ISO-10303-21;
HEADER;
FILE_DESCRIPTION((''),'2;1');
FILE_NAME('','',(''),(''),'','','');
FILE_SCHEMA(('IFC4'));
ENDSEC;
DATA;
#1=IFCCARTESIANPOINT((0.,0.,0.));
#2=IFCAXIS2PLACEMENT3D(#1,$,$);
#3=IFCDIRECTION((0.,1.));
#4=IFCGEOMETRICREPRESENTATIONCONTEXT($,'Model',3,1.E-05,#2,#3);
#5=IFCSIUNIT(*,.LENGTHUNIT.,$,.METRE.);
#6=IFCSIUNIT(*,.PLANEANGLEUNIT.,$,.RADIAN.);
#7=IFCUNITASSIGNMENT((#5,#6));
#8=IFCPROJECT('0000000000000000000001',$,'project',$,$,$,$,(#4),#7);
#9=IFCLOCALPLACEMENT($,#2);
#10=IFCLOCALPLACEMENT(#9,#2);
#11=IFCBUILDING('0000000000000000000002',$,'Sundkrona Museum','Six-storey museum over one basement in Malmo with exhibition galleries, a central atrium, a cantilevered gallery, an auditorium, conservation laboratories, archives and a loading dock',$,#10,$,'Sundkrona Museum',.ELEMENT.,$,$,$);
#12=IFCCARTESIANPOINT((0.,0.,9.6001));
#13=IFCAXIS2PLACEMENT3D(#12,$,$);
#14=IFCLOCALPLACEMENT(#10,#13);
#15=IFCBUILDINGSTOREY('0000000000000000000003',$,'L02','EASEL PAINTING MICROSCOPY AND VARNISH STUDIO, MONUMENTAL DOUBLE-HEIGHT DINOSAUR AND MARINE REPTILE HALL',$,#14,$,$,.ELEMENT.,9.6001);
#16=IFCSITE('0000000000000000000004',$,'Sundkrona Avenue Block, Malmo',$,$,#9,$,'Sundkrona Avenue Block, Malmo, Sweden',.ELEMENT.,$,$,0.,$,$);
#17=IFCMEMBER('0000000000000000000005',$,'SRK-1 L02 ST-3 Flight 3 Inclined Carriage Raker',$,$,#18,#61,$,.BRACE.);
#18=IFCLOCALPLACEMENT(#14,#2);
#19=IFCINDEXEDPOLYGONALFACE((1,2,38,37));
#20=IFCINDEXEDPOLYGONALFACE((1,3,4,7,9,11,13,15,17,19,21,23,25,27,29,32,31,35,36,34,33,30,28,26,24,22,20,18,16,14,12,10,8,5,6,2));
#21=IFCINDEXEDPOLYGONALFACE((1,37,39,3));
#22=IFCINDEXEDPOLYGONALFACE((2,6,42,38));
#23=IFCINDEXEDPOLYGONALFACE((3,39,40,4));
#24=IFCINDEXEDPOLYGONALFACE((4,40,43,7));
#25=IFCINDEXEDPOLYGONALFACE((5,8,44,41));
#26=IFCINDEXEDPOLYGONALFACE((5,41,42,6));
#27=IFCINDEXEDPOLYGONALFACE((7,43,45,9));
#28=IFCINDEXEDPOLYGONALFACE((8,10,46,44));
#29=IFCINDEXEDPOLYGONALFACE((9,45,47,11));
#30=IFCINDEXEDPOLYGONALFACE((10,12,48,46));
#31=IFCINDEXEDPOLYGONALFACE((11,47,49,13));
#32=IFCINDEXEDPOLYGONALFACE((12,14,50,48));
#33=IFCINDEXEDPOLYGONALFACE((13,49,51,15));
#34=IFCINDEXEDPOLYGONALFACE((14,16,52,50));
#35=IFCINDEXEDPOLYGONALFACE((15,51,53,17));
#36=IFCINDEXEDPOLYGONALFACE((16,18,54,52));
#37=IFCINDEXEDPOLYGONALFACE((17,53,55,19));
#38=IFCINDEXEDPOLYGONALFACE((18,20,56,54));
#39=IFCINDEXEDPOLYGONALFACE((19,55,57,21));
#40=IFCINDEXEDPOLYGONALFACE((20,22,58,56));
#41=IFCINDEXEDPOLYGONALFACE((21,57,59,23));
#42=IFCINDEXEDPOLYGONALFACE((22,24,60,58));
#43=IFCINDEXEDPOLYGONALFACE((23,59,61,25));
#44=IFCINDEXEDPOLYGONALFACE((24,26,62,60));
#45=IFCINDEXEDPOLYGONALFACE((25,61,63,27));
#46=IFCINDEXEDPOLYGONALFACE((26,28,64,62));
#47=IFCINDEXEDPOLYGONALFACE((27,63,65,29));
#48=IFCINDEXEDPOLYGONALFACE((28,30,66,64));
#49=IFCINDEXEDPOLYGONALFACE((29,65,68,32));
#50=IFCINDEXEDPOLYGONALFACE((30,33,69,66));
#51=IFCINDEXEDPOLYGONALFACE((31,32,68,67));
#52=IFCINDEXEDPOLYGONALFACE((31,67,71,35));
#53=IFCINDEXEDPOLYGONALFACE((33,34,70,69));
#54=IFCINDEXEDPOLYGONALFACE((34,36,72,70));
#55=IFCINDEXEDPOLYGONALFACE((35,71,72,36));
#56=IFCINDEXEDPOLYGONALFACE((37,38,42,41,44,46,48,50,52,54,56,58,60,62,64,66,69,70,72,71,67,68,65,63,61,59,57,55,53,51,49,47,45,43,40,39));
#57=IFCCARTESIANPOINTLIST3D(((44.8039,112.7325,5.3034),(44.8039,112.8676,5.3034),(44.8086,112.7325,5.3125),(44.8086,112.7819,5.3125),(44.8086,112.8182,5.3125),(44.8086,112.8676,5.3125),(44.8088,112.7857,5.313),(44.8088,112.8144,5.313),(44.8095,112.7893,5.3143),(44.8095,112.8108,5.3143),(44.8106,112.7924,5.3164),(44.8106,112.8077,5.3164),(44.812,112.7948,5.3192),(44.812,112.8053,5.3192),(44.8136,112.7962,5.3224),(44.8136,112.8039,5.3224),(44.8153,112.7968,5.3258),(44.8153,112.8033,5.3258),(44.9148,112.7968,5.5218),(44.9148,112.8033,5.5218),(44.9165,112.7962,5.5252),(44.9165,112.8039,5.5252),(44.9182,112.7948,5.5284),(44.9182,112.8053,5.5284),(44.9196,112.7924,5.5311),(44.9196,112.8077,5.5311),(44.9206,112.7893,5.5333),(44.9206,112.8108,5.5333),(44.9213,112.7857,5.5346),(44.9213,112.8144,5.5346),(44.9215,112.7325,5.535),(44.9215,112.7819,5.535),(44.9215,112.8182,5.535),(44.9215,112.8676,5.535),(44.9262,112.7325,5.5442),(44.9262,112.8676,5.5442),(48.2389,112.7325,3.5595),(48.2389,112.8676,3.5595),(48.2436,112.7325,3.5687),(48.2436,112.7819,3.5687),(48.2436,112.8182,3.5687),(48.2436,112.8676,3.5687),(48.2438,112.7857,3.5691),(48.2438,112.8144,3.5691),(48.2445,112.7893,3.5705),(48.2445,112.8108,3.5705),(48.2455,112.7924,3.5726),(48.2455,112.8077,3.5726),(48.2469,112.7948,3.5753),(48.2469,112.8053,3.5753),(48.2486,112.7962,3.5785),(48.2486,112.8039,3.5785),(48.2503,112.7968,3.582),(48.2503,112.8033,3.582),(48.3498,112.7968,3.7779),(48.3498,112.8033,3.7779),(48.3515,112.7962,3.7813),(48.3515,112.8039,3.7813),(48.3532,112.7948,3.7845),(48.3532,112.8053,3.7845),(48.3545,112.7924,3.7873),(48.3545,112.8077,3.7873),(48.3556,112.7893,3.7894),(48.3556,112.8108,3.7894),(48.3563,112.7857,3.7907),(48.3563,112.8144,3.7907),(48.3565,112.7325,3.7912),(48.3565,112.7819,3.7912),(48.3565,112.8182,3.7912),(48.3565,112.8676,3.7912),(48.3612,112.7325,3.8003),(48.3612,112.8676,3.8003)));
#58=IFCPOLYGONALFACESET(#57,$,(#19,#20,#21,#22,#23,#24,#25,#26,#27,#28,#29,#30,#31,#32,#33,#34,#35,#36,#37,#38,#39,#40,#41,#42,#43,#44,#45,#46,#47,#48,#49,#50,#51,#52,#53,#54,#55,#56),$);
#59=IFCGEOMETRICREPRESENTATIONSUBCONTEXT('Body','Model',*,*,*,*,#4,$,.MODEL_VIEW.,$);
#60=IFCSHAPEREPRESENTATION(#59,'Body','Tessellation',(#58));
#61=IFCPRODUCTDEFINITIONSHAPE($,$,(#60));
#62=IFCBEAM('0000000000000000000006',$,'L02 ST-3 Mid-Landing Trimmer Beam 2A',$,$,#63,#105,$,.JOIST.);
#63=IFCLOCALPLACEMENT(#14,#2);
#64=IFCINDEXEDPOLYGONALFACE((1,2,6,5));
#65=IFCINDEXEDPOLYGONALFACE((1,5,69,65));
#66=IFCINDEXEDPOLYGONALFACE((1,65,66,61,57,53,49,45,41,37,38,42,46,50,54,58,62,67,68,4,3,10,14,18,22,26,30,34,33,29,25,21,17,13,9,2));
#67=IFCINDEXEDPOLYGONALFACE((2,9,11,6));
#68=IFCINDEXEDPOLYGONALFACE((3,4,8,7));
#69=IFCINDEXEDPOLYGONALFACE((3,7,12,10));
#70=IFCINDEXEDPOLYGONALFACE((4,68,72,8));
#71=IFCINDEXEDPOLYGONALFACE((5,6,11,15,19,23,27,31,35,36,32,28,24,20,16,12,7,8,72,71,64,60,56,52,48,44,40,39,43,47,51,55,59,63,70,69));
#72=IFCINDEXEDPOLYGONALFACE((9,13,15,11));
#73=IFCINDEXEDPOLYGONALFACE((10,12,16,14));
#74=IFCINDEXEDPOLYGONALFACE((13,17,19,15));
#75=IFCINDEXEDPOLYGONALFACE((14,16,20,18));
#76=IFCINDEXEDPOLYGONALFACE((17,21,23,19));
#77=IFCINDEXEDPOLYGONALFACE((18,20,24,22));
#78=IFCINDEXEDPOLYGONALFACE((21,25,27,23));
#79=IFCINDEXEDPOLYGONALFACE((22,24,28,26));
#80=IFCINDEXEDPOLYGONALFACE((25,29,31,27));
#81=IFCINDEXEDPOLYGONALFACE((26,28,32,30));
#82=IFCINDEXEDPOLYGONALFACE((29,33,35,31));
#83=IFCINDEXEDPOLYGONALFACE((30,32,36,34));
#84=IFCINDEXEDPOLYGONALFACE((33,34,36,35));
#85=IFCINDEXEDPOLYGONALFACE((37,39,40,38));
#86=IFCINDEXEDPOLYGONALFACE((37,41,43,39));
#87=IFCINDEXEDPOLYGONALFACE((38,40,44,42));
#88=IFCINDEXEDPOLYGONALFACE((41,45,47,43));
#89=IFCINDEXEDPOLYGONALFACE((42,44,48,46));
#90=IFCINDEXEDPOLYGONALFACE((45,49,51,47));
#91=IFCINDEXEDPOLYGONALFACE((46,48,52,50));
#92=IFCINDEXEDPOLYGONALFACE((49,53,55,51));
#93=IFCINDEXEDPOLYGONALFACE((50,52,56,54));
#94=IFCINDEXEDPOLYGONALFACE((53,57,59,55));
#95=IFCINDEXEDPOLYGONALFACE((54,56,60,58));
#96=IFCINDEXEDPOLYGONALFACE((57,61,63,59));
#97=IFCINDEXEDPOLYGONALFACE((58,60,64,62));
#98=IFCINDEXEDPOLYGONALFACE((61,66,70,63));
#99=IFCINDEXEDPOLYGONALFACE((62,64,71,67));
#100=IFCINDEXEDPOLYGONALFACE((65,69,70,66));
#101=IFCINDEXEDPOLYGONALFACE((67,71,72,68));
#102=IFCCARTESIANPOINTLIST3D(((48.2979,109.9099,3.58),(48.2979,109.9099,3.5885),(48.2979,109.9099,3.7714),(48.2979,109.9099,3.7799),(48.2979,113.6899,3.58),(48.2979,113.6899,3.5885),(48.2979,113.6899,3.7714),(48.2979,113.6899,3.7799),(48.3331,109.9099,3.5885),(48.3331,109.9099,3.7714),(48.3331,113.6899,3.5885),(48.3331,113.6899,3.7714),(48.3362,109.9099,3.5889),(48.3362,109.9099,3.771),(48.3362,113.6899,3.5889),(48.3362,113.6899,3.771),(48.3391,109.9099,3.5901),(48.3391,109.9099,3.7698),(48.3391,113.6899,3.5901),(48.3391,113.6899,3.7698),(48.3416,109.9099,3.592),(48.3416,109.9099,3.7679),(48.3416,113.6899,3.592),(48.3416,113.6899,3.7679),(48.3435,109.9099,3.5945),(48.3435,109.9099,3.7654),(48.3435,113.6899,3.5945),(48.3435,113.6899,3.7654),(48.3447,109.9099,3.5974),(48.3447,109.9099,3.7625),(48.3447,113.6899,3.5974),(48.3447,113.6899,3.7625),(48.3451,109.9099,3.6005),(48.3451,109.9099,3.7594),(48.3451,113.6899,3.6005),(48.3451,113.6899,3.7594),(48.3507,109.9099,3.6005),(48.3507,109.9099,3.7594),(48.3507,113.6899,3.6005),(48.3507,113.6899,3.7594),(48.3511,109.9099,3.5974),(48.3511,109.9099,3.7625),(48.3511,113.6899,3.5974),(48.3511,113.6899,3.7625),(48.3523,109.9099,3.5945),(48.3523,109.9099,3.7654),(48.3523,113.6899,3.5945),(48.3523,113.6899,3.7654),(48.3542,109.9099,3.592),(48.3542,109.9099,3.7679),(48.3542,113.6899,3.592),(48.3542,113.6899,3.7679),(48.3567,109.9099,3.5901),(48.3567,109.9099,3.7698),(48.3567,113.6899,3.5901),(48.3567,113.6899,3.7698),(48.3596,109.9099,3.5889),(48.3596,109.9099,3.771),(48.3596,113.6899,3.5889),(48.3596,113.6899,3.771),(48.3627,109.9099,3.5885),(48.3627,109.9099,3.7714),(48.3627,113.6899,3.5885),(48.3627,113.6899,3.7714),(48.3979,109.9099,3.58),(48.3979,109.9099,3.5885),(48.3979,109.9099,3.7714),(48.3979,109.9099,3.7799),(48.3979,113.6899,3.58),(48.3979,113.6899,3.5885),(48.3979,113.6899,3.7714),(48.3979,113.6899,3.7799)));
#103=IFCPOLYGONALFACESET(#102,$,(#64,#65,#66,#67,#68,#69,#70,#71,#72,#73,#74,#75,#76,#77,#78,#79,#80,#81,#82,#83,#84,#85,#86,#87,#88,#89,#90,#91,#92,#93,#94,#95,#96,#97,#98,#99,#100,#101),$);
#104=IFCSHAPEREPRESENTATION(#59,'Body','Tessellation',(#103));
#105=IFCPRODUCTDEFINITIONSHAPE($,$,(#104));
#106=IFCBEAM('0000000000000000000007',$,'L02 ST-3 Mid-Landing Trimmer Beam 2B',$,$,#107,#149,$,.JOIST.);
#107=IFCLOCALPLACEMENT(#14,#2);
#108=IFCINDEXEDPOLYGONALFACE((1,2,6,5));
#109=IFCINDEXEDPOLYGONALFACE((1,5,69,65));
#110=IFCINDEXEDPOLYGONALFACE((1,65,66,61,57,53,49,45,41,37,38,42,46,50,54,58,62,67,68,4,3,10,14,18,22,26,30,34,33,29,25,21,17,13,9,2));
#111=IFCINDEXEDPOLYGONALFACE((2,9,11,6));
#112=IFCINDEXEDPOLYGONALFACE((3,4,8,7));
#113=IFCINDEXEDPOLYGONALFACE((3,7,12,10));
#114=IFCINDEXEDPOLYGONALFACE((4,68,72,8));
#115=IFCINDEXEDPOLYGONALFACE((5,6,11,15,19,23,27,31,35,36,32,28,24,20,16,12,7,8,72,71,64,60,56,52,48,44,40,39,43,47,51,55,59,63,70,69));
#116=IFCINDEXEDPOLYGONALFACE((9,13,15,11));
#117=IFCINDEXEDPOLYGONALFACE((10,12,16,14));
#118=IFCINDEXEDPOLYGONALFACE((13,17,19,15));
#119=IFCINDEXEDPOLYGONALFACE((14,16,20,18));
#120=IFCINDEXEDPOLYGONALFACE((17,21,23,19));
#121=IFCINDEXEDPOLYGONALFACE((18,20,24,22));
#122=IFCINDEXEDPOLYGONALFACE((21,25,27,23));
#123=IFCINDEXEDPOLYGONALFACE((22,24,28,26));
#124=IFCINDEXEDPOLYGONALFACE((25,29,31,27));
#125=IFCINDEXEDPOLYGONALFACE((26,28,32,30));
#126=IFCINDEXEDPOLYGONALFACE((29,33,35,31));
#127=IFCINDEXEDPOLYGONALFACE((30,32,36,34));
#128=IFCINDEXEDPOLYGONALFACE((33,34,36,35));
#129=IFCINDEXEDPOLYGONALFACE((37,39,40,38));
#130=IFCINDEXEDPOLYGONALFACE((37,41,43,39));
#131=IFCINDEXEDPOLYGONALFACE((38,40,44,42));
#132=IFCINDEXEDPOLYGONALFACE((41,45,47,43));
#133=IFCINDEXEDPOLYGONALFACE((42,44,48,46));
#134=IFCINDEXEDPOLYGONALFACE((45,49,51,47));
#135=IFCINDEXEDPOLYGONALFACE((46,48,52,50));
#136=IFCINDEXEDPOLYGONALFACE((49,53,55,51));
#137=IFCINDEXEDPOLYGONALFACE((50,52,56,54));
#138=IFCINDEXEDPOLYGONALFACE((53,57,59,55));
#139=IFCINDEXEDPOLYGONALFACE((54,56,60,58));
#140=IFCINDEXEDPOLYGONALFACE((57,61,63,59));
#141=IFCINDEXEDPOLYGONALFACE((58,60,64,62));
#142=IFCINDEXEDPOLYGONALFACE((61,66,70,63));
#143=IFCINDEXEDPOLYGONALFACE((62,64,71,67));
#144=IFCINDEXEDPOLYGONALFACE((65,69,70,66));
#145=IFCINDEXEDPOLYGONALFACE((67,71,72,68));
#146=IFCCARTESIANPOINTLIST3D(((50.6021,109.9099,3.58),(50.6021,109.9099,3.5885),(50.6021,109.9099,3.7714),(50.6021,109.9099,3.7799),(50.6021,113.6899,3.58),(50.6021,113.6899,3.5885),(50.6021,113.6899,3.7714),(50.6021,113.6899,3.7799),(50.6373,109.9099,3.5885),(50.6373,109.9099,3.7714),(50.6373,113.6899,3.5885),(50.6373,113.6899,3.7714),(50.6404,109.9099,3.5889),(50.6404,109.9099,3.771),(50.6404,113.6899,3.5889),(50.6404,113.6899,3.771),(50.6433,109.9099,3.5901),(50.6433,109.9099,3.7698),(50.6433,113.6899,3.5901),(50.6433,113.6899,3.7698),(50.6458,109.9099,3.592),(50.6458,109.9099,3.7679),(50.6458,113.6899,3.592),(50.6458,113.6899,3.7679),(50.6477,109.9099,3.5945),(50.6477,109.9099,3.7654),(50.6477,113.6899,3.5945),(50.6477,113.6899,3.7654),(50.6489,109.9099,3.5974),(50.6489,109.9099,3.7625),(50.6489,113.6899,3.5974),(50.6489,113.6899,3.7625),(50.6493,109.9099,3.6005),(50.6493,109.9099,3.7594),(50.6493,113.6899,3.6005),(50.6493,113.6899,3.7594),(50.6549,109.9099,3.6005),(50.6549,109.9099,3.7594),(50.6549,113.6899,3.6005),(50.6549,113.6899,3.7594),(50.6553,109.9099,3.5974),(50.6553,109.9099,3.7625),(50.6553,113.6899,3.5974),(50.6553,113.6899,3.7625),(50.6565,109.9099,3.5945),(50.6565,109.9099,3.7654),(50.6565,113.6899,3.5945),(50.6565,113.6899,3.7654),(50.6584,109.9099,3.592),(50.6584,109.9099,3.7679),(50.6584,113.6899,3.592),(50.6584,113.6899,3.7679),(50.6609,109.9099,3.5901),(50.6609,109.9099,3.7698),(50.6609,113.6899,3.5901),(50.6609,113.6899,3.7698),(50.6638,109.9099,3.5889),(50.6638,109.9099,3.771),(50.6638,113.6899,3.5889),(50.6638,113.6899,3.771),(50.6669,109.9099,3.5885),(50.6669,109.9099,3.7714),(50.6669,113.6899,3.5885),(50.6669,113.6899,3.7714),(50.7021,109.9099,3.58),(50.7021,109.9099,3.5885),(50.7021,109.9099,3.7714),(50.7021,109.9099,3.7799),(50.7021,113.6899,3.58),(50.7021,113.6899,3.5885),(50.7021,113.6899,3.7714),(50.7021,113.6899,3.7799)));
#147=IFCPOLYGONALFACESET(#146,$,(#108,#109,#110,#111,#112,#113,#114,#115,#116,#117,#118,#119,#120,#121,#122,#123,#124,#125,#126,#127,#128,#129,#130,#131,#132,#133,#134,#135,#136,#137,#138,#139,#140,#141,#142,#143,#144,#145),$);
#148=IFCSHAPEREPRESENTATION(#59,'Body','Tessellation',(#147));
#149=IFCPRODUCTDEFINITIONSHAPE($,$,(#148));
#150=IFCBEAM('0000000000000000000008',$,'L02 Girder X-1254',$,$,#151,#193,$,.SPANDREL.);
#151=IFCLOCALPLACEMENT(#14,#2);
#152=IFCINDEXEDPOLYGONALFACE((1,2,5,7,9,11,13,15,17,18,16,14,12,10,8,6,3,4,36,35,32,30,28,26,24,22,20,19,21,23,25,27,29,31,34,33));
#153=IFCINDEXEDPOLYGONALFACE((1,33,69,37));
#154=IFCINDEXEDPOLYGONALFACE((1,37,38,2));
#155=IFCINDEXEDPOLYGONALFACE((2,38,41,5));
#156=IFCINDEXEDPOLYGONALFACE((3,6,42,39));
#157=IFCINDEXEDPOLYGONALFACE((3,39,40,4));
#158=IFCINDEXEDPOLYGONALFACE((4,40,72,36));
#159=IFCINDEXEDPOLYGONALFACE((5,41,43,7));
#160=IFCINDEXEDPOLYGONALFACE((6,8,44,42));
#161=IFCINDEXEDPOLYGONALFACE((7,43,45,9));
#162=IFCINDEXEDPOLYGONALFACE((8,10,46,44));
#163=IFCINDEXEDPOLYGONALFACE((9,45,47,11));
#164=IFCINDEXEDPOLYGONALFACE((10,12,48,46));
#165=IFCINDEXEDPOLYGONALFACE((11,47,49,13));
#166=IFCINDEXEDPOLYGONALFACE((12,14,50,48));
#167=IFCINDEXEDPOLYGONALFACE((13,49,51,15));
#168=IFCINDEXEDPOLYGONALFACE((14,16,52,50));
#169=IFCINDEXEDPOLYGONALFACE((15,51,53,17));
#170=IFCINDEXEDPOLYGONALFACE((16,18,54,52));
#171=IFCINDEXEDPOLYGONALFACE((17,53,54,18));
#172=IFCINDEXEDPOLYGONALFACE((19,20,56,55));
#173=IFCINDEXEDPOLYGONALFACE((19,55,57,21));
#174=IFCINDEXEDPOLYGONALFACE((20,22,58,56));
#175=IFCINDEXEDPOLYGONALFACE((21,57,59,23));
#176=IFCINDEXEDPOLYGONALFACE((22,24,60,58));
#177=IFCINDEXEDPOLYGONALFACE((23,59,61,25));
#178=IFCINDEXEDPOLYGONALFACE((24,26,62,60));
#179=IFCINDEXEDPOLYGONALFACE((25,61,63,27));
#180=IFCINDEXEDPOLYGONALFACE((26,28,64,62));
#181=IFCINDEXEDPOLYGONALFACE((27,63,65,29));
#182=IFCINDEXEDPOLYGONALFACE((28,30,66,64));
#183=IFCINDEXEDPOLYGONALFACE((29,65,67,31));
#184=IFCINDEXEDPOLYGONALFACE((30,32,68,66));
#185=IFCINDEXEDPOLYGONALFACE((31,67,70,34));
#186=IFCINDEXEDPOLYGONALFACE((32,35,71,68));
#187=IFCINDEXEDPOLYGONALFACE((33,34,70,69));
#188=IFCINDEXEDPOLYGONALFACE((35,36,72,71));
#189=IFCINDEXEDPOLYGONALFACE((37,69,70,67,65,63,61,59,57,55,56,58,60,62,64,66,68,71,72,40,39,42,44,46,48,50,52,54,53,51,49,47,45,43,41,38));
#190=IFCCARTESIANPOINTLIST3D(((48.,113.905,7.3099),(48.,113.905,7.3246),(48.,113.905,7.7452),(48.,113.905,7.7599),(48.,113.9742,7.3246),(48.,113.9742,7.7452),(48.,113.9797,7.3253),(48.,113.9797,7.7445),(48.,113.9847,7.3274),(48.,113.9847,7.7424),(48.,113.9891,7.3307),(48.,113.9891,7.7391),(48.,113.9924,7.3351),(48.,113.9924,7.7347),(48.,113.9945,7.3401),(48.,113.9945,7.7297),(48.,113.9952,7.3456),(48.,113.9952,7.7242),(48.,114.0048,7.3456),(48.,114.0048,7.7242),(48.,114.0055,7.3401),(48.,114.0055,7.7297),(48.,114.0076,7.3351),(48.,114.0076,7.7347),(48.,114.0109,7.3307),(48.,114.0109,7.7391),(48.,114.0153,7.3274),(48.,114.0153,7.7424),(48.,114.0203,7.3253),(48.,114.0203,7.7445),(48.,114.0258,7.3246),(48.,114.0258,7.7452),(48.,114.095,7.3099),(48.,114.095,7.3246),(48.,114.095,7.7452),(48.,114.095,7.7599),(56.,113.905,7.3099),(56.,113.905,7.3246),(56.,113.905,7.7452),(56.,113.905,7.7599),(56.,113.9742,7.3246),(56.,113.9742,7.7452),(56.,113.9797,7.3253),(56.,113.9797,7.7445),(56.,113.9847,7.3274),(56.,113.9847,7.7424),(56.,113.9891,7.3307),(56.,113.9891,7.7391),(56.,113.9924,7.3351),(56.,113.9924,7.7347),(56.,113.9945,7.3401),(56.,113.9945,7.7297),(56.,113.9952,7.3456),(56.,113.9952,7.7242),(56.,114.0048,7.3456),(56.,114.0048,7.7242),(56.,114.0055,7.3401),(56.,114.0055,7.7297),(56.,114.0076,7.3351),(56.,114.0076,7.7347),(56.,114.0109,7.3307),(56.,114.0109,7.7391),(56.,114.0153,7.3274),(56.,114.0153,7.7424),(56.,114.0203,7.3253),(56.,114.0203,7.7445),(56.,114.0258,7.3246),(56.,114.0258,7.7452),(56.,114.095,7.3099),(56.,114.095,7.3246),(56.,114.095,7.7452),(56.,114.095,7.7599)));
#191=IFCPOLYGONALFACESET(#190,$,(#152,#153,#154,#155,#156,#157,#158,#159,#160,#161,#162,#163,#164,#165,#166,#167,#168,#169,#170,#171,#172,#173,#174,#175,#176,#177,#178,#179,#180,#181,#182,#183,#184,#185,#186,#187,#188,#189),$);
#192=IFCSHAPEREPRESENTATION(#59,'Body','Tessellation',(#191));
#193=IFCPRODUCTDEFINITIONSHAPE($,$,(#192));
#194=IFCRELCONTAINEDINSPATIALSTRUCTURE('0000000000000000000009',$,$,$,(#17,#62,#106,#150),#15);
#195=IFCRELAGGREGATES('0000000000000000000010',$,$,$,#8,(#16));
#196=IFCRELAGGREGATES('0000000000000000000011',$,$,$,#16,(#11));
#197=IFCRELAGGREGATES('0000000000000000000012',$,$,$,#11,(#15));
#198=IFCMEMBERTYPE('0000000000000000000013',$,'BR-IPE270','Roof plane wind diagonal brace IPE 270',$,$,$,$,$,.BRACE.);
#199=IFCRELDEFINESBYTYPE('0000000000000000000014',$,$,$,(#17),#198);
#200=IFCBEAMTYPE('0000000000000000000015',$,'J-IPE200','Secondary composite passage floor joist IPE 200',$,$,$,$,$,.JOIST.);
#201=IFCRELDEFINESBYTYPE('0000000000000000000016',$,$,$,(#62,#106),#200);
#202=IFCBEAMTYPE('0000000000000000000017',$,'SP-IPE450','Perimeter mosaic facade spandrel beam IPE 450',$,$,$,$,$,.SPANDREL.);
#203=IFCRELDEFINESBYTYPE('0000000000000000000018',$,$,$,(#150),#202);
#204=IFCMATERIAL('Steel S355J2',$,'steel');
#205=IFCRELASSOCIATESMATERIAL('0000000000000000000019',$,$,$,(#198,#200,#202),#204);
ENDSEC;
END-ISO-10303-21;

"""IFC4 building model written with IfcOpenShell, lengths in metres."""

from ifc_helpers import new_model, si_unit, direction, frame, origin, origin_2d, place, context, subcontext, project, spatial, i_section, extrude, material, material_profile, profile_set, type_object, element, save


model = new_model("IFC4")

# Units and contexts
model_context = context("Model", 3, precision=1e-05, world=origin(), true_north=direction((0.0, 1.0)))
body_context = subcontext(model_context, "Body", "Model", "MODEL_VIEW")
ifc_project = project(units=[si_unit("LENGTHUNIT", "METRE"), si_unit("PLANEANGLEUNIT", "RADIAN")], contexts=[model_context])

# Site, building, storey
site_placement = place(None, origin())
site = spatial("IfcSite", under=ifc_project, at=site_placement, Name="Sundkrona Avenue Block, Malmo", LongName="Sundkrona Avenue Block, Malmo, Sweden", CompositionType="ELEMENT", RefElevation=0.0)
building_placement = place(site_placement, origin())
building = spatial("IfcBuilding", under=site, at=building_placement, Name="Sundkrona Museum", Description="Six-storey museum over one basement in Malmo with exhibition galleries, a central atrium, a cantilevered gallery, an auditorium, conservation laboratories, archives and a loading dock", LongName="Sundkrona Museum", CompositionType="ELEMENT")
storey_placement = place(building_placement, frame((0.0, 0.0, 9.6001)))
storey = spatial("IfcBuildingStorey", under=building, at=storey_placement, Name="L02", Description="EASEL PAINTING MICROSCOPY AND VARNISH STUDIO, MONUMENTAL DOUBLE-HEIGHT DINOSAUR AND MARINE REPTILE HALL", CompositionType="ELEMENT", Elevation=9.6001)

# Member
ifc_material_1 = material(Name="Steel S355J2", Category="steel")
ifc_material_profile_1 = material_profile(ifc_material_1, i_section(OverallWidth=0.135, OverallDepth=0.27, WebThickness=0.0066, FlangeThickness=0.0103, FilletRadius=0.0149, at=origin_2d()), Name="IPE 270")
ifc_profile_set_1 = profile_set([ifc_material_profile_1], Name="Steel S355J2")
member_type = type_object("IfcMemberType", Name="BR-IPE270", Description="Roof plane wind diagonal brace IPE 270", PredefinedType="BRACE", material=ifc_profile_set_1)
member_placement = place(storey_placement, frame((48.3, 112.8, 3.6799), z_axis=(-0.891673, 0.0, 0.452681), x_axis=(0.0, -1.0, 0.0)))
element("IfcMember", 1, at=member_placement, inside=storey, type_object=member_type, Name="SRK-1 L02 ST-3 Flight 3 Inclined Carriage Raker", PredefinedType="BRACE", context=body_context, shape_type="SweptSolid", body=[
    extrude(i_section(OverallWidth=0.135, OverallDepth=0.27, WebThickness=0.0066, FlangeThickness=0.0103, FilletRadius=0.0149, at=origin_2d()), origin(), (0.0, 0.0, 1.0), 3.8523),
])

# Beams
ifc_material_profile_2 = material_profile(ifc_material_1, i_section(OverallWidth=0.1001, OverallDepth=0.2, WebThickness=0.0056, FlangeThickness=0.0085, FilletRadius=0.012, at=origin_2d()), Name="IPE 200")
ifc_profile_set_2 = profile_set([ifc_material_profile_2], Name="Steel S355J2")
beam_type_1 = type_object("IfcBeamType", Name="J-IPE200", Description="Secondary composite passage floor joist IPE 200", PredefinedType="JOIST", material=ifc_profile_set_2)
for number, where, z_axis, x_axis, name in (
    (2, (48.3479, 109.9099, 3.6799), (0.0, 1.0, 0.0), (-1.0, 0.0, 0.0), "L02 ST-3 Mid-Landing Trimmer Beam 2A"),
    (3, (50.6521, 109.9099, 3.6799), (0.0, 1.0, 0.0), (-1.0, 0.0, 0.0), "L02 ST-3 Mid-Landing Trimmer Beam 2B"),
):
    element("IfcBeam", number, at=place(storey_placement, frame(where, z_axis=z_axis, x_axis=x_axis)), inside=storey, type_object=beam_type_1, Name=name, PredefinedType="JOIST", context=body_context, shape_type="SweptSolid", body=[
        extrude(i_section(OverallWidth=0.1001, OverallDepth=0.2, WebThickness=0.0056, FlangeThickness=0.0085, FilletRadius=0.012, at=origin_2d()), origin(), (0.0, 0.0, 1.0), 3.78),
    ])
ifc_material_profile_3 = material_profile(ifc_material_1, i_section(OverallWidth=0.1899, OverallDepth=0.45, WebThickness=0.0095, FlangeThickness=0.0146, FilletRadius=0.021, at=origin_2d()), Name="IPE 450")
ifc_profile_set_3 = profile_set([ifc_material_profile_3], Name="Steel S355J2")
beam_type_2 = type_object("IfcBeamType", Name="SP-IPE450", Description="Perimeter mosaic facade spandrel beam IPE 450", PredefinedType="SPANDREL", material=ifc_profile_set_3)
beam_placement = place(storey_placement, frame((48.0, 114.0, 7.5349), z_axis=(1.0, 0.0, 0.0), x_axis=(0.0, 1.0, 0.0)))
element("IfcBeam", 4, at=beam_placement, inside=storey, type_object=beam_type_2, Name="L02 Girder X-1254", PredefinedType="SPANDREL", context=body_context, shape_type="SweptSolid", body=[
    extrude(i_section(OverallWidth=0.1899, OverallDepth=0.45, WebThickness=0.0095, FlangeThickness=0.0146, FilletRadius=0.021, at=origin_2d()), origin(), (0.0, 0.0, 1.0), 8.0),
])

save(model, "model.ifc")
